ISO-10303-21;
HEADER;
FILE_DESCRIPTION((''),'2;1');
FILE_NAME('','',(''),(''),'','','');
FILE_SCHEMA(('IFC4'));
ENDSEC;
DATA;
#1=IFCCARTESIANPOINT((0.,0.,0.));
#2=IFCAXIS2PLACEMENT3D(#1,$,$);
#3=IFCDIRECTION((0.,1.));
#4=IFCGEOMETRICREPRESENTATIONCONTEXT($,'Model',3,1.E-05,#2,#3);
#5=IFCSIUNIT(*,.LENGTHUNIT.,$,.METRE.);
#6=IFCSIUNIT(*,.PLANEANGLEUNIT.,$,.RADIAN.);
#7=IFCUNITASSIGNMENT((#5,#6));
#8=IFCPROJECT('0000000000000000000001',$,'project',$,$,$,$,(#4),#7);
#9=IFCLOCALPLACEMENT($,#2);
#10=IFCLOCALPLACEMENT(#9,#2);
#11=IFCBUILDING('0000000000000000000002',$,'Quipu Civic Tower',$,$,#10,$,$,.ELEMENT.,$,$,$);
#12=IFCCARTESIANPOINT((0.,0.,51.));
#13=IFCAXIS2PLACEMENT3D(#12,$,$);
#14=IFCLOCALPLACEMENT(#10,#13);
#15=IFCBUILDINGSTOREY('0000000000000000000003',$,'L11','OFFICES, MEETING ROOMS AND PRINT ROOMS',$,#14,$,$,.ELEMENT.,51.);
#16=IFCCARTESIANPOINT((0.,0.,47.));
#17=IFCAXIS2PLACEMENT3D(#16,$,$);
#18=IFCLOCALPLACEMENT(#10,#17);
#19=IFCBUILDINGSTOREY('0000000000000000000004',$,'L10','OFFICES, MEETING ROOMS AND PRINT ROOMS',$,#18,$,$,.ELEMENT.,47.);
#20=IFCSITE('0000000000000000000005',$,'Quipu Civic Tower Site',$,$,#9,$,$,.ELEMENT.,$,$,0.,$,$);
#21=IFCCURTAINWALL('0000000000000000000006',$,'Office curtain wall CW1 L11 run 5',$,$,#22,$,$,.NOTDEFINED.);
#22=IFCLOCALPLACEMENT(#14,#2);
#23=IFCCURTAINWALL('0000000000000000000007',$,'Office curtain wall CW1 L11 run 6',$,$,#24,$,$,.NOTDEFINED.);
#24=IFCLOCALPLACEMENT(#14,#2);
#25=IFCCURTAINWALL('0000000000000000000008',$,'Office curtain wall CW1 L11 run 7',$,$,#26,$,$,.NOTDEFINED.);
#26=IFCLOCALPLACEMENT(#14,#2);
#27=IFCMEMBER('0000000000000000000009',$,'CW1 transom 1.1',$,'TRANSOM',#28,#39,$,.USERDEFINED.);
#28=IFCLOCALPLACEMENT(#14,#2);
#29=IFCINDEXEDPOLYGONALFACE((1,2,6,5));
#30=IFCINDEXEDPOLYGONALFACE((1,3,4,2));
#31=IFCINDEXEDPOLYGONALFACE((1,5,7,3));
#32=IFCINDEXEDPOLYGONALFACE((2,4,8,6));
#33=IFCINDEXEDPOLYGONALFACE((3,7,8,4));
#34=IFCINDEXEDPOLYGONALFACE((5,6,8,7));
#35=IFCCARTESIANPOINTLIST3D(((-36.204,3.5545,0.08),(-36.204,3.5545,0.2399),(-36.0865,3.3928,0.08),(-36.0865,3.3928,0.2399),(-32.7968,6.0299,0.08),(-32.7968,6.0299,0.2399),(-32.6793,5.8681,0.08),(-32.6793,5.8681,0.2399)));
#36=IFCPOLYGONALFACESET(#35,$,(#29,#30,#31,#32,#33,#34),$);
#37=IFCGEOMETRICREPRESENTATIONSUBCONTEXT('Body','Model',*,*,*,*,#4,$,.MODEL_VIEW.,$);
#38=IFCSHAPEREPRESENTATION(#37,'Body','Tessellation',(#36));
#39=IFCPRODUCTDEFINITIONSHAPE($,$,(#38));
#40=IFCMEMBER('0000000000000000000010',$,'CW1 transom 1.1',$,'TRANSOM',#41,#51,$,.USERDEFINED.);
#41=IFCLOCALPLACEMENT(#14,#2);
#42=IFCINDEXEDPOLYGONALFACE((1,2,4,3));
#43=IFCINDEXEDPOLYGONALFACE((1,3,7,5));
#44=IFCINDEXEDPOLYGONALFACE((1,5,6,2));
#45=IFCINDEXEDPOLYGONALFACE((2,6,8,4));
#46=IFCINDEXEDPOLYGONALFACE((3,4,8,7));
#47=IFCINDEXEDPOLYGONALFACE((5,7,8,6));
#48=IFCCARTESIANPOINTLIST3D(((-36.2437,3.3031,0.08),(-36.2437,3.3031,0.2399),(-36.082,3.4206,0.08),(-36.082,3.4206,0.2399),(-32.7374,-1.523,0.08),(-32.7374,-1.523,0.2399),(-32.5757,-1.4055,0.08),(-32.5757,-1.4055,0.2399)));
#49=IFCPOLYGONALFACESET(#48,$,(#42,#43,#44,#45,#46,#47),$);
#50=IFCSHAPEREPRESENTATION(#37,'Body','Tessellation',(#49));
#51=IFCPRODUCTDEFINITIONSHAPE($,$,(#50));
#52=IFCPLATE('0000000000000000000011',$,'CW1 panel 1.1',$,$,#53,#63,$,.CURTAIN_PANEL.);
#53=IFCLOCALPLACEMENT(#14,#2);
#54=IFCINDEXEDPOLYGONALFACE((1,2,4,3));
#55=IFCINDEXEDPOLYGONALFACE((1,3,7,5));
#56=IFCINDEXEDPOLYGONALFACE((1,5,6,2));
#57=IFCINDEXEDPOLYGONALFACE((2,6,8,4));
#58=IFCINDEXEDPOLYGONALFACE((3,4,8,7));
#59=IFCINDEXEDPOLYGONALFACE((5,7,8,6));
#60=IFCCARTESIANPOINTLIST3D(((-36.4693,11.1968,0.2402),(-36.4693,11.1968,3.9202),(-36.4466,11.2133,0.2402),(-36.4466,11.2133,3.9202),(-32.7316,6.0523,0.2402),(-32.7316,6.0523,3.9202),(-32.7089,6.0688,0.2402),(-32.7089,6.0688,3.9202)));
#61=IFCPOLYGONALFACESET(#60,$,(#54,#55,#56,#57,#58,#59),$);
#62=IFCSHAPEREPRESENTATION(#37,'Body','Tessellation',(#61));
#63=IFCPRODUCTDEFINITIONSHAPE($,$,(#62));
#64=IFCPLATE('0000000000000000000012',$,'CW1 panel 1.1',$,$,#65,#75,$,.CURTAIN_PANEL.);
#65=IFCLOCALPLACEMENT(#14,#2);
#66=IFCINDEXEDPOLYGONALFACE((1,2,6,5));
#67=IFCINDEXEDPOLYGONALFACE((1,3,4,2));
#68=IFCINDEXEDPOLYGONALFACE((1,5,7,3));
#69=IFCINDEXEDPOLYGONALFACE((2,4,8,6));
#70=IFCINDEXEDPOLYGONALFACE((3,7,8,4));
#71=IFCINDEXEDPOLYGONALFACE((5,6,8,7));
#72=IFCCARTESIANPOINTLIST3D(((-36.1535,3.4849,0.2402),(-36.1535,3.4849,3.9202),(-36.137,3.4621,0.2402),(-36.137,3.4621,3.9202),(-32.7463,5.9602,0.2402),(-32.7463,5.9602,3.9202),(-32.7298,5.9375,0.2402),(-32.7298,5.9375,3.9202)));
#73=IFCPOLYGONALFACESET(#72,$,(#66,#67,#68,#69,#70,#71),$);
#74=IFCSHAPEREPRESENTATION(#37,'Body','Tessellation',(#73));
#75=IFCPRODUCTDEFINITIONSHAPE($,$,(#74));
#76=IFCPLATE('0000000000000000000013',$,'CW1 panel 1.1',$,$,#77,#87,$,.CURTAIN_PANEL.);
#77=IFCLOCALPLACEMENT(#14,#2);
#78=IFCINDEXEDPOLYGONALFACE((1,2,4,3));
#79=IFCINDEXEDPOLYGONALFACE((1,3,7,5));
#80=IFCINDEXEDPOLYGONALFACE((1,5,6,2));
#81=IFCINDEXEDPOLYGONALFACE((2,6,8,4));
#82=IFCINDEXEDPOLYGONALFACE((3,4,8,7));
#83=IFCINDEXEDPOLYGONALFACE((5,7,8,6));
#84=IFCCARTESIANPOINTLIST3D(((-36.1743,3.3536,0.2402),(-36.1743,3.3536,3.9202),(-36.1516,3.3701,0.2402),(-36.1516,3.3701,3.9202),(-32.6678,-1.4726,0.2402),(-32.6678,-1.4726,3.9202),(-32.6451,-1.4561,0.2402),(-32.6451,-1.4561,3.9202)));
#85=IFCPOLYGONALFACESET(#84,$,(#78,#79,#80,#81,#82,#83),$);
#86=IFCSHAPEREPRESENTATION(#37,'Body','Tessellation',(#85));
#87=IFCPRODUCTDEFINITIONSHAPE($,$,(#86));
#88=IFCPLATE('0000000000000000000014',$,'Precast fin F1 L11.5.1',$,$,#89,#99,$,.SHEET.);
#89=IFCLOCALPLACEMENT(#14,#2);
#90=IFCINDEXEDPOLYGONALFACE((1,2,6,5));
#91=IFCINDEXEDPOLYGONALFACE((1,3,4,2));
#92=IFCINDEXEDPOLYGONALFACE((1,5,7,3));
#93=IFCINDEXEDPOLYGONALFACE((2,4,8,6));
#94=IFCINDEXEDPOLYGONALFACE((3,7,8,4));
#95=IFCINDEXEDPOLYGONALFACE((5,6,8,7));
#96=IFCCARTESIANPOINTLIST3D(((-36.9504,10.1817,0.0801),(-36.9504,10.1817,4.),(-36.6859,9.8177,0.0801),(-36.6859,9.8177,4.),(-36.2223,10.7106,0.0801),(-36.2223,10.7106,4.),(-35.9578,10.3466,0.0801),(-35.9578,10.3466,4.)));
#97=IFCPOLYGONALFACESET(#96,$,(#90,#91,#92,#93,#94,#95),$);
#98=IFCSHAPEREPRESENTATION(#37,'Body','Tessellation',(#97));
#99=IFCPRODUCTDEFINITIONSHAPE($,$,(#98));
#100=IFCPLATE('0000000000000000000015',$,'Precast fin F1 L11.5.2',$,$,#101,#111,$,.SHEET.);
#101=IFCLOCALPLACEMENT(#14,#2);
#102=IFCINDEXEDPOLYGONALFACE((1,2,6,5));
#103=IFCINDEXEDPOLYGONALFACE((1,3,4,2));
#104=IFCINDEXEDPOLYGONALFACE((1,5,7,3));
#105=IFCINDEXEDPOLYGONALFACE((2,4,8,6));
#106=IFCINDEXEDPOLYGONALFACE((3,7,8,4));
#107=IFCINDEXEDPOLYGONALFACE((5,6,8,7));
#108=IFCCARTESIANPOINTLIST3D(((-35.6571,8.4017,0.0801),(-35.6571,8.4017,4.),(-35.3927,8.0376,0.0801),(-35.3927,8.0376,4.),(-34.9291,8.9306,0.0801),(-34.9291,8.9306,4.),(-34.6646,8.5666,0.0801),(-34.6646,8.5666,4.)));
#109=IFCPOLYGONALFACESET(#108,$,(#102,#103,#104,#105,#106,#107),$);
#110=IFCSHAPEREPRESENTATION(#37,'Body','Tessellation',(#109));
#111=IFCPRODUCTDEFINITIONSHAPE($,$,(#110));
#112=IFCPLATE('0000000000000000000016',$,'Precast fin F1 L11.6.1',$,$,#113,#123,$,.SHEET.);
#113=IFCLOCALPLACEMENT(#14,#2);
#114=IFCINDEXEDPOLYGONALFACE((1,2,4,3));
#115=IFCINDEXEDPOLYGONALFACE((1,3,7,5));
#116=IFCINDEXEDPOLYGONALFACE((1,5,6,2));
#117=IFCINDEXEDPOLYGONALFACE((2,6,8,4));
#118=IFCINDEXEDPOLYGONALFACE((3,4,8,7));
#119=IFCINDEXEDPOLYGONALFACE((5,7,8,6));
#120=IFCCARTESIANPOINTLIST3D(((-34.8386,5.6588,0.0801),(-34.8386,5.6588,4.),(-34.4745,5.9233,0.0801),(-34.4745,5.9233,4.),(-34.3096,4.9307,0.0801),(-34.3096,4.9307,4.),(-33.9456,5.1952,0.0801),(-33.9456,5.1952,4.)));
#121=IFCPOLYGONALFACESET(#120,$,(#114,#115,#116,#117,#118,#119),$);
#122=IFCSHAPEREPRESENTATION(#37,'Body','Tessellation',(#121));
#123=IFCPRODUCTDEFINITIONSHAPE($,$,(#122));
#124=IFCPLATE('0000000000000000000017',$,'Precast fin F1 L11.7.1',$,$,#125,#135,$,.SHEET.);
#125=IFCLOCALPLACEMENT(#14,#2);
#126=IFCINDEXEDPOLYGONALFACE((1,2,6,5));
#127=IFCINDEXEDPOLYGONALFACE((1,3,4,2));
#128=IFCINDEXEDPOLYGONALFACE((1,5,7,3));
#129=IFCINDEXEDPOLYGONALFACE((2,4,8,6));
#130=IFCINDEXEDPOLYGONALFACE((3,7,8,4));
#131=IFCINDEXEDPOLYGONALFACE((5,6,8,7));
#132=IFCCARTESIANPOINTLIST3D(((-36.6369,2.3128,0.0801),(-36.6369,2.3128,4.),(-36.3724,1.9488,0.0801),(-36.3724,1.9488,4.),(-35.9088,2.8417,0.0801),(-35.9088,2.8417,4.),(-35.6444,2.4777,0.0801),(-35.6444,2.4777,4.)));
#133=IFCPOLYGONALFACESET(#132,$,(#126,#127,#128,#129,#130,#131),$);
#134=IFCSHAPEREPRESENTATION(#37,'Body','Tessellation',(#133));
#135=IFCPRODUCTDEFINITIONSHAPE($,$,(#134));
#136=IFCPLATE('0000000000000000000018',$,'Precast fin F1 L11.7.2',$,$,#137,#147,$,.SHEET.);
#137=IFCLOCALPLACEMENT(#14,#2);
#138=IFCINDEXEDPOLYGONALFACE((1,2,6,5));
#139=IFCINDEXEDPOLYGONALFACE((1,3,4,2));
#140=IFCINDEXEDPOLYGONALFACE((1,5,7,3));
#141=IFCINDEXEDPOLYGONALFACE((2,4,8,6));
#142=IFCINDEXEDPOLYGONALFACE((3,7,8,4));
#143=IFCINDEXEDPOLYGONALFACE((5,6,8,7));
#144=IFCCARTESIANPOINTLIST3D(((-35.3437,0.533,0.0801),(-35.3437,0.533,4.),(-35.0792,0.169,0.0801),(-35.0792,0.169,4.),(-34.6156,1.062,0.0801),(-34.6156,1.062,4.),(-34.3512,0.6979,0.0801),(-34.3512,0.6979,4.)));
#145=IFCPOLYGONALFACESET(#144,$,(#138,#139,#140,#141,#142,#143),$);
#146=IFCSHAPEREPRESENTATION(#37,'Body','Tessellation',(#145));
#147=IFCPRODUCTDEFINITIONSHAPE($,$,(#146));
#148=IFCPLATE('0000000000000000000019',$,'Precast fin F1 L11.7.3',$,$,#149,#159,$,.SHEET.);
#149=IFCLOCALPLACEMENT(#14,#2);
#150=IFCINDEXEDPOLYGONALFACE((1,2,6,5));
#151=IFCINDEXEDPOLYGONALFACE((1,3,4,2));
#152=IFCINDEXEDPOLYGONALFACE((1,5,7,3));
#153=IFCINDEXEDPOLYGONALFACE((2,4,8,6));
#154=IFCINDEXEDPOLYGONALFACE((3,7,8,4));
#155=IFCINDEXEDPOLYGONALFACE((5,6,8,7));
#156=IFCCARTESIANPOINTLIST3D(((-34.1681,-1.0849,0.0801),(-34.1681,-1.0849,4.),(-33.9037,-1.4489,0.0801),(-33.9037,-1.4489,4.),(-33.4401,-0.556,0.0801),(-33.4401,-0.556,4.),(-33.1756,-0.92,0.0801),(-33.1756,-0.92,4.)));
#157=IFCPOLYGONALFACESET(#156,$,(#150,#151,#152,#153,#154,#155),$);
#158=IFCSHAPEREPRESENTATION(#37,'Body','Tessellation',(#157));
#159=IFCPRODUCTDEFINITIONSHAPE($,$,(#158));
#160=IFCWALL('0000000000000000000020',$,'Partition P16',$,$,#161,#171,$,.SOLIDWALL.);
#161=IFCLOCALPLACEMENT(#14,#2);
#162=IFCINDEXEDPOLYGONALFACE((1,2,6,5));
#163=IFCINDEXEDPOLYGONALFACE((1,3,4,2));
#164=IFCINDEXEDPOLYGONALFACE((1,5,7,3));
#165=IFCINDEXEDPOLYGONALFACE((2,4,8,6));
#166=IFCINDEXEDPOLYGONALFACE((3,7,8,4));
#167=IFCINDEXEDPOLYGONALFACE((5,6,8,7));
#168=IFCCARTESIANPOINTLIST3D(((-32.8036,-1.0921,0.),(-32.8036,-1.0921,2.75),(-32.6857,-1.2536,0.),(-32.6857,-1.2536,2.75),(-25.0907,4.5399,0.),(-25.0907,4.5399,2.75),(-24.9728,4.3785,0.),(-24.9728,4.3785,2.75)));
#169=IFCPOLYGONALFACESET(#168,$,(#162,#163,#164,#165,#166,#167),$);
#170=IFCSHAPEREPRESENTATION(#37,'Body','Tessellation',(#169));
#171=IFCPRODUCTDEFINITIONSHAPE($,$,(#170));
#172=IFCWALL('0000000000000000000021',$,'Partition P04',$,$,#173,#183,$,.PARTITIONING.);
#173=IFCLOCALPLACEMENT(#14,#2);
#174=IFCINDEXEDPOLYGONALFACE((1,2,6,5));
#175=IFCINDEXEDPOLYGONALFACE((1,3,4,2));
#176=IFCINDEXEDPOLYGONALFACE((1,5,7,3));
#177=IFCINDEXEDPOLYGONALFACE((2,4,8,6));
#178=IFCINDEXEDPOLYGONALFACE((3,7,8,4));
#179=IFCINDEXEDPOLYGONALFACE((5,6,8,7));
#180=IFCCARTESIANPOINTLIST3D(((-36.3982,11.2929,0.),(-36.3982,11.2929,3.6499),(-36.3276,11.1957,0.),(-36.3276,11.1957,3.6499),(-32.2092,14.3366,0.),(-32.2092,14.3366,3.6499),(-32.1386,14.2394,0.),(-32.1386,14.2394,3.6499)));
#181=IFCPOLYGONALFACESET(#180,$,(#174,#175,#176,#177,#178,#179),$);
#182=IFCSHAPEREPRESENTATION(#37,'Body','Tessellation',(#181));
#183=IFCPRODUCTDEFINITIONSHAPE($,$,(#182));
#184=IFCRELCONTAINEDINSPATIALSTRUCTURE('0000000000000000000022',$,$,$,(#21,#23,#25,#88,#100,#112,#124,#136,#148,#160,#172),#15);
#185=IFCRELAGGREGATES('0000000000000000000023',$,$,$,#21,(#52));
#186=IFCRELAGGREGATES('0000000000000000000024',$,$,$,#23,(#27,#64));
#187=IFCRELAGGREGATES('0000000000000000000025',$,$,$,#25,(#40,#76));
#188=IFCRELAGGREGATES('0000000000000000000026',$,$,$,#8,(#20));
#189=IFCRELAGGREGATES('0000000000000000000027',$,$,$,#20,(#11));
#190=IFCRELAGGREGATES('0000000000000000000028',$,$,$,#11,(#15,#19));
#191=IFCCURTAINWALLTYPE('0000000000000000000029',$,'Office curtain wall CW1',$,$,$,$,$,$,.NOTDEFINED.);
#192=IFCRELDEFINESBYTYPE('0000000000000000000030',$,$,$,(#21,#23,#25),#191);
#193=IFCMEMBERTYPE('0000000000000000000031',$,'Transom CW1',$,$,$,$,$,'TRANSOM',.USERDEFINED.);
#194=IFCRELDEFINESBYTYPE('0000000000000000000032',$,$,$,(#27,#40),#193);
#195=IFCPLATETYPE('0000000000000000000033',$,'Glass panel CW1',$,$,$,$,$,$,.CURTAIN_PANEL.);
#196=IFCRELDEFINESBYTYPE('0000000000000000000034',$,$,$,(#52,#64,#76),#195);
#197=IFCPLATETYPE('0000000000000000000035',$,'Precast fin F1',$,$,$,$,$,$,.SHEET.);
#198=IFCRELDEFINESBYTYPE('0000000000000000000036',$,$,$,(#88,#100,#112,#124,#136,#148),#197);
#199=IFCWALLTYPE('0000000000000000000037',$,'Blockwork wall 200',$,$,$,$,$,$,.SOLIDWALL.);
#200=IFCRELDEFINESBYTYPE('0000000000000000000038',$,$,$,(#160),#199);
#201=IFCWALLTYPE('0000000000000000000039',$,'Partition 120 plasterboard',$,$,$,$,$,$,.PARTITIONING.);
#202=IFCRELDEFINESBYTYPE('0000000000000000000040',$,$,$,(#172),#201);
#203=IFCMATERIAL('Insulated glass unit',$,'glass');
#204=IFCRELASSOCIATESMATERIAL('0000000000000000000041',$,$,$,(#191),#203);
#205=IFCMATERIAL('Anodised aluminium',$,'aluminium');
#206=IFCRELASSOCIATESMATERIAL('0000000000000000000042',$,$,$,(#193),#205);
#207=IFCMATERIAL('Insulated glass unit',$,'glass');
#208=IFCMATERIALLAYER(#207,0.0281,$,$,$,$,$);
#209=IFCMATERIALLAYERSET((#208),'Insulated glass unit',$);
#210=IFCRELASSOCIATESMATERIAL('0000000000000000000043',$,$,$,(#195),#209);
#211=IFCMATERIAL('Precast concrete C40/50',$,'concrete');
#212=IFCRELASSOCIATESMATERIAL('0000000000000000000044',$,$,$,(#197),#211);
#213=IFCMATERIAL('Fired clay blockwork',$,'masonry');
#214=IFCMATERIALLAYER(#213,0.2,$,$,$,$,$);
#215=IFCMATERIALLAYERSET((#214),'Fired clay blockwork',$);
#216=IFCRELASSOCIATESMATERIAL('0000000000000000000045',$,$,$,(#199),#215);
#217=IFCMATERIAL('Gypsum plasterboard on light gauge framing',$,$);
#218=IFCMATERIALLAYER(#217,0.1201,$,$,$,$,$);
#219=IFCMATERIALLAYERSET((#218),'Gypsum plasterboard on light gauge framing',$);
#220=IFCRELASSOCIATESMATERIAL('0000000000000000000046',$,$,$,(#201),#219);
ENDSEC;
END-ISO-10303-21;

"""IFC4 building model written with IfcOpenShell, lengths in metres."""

from ifc_helpers import new_model, si_unit, direction, frame, frame_2d, origin, origin_2d, place, context, subcontext, project, spatial, rectangle, extrude, material, layer, layer_set, material_profile, profile_set, type_object, element, aggregate, save


model = new_model("IFC4")

# Units and contexts
model_context = context("Model", 3, precision=1e-05, world=origin(), true_north=direction((0.0, 1.0)))
body_context = subcontext(model_context, "Body", "Model", "MODEL_VIEW")
ifc_project = project(units=[si_unit("LENGTHUNIT", "METRE"), si_unit("PLANEANGLEUNIT", "RADIAN")], contexts=[model_context])

# Site, building, storey
site_placement = place(None, origin())
site = spatial("IfcSite", under=ifc_project, at=site_placement, Name="Quipu Civic Tower Site", CompositionType="ELEMENT", RefElevation=0.0)
building_placement = place(site_placement, origin())
building = spatial("IfcBuilding", under=site, at=building_placement, Name="Quipu Civic Tower", CompositionType="ELEMENT")
storey_1_placement = place(building_placement, frame((0.0, 0.0, 51.0)))
storey_1 = spatial("IfcBuildingStorey", under=building, at=storey_1_placement, Name="L11", Description="OFFICES, MEETING ROOMS AND PRINT ROOMS", CompositionType="ELEMENT", Elevation=51.0)

# Curtain walls
ifc_material_1 = material(Name="Insulated glass unit", Category="glass")
curtain_wall_type = type_object("IfcCurtainWallType", Name="Office curtain wall CW1", PredefinedType="NOTDEFINED", material=ifc_material_1)
curtain_wall_1_placement = place(storey_1_placement, origin())
curtain_wall_1 = element("IfcCurtainWall", 1, at=curtain_wall_1_placement, inside=storey_1, type_object=curtain_wall_type, Name="Office curtain wall CW1 L11 run 5", PredefinedType="NOTDEFINED")
curtain_wall_2_placement = place(storey_1_placement, origin())
curtain_wall_2 = element("IfcCurtainWall", 2, at=curtain_wall_2_placement, inside=storey_1, type_object=curtain_wall_type, Name="Office curtain wall CW1 L11 run 6", PredefinedType="NOTDEFINED")
curtain_wall_3_placement = place(storey_1_placement, origin())
curtain_wall_3 = element("IfcCurtainWall", 3, at=curtain_wall_3_placement, inside=storey_1, type_object=curtain_wall_type, Name="Office curtain wall CW1 L11 run 7", PredefinedType="NOTDEFINED")

# Shared definitions
storey_2_placement = place(building_placement, frame((0.0, 0.0, 47.0)))
storey_2 = spatial("IfcBuildingStorey", under=building, at=storey_2_placement, Name="L10", Description="OFFICES, MEETING ROOMS AND PRINT ROOMS", CompositionType="ELEMENT", Elevation=47.0)

# Shared definitions
ifc_material_2 = material(Name="Anodised aluminium", Category="aluminium")
ifc_material_profile_1 = material_profile(ifc_material_2, rectangle(XDim=0.2, YDim=0.1599, at=origin_2d()), Name="RECT 200x160")
ifc_profile_set_1 = profile_set([ifc_material_profile_1], Name="Anodised aluminium")
member_type_1 = type_object("IfcMemberType", Name="Transom CW1", ElementType="TRANSOM", PredefinedType="USERDEFINED", material=ifc_profile_set_1)

# Members
member_1_placement = place(storey_1_placement, frame((-32.738, 5.949, 0.1599), z_axis=(-0.809034, -0.587761, 0.0), x_axis=(0.587761, -0.809034, 0.0)))
member_1 = element("IfcMember", 4, at=member_1_placement, type_object=member_type_1, Name="CW1 transom 1.1", ObjectType="TRANSOM", PredefinedType="USERDEFINED", context=body_context, shape_type="SweptSolid", body=[
    extrude(rectangle(XDim=0.2, YDim=0.1599, at=origin_2d()), origin(), (0.0, 0.0, 1.0), 4.2114),
])
member_2_placement = place(storey_1_placement, frame((-36.1628, 3.3618, 0.1599), z_axis=(0.587777, -0.809023, 0.0), x_axis=(0.809023, 0.587777, 0.0)))
member_2 = element("IfcMember", 5, at=member_2_placement, type_object=member_type_1, Name="CW1 transom 1.1", ObjectType="TRANSOM", PredefinedType="USERDEFINED", context=body_context, shape_type="SweptSolid", body=[
    extrude(rectangle(XDim=0.2, YDim=0.1599, at=origin_2d()), origin(), (0.0, 0.0, 1.0), 5.9653),
])

# Plates
ifc_material_3 = material(Name="Insulated glass unit", Category="glass")
ifc_layer_1 = layer(ifc_material_3, 0.0281)
ifc_layer_set_1 = layer_set([ifc_layer_1], Name="Insulated glass unit")
plate_type_1 = type_object("IfcPlateType", Name="Glass panel CW1", PredefinedType="CURTAIN_PANEL", material=ifc_layer_set_1)
plate_1_placement = place(storey_1_placement, frame((-34.5891, 8.6328, 0.2402), z_axis=(0.0, 0.0, 1.0), x_axis=(0.587784, -0.809018, 0.0)))
plate_1 = element("IfcPlate", 6, at=plate_1_placement, type_object=plate_type_1, Name="CW1 panel 1.1", PredefinedType="CURTAIN_PANEL", context=body_context, shape_type="SweptSolid", body=[
    extrude(rectangle(XDim=6.3589, YDim=0.0281, at=origin_2d()), origin(), (0.0, 0.0, 1.0), 3.6799),
])
aggregate(curtain_wall_1, [plate_1])
plate_2_placement = place(storey_1_placement, frame((-34.4417, 4.7112, 0.2402), z_axis=(0.0, 0.0, 1.0), x_axis=(-0.809027, -0.587772, 0.0)))
plate_2 = element("IfcPlate", 7, at=plate_2_placement, type_object=plate_type_1, Name="CW1 panel 1.1", PredefinedType="CURTAIN_PANEL", context=body_context, shape_type="SweptSolid", body=[
    extrude(rectangle(XDim=4.2114, YDim=0.0281, at=origin_2d()), origin(), (0.0, 0.0, 1.0), 3.6799),
])
aggregate(curtain_wall_2, [member_1, plate_2])
plate_3_placement = place(storey_1_placement, frame((-34.4097, 0.9487, 0.2402), z_axis=(0.0, 0.0, 1.0), x_axis=(0.587787, -0.809016, 0.0)))
plate_3 = element("IfcPlate", 8, at=plate_3_placement, type_object=plate_type_1, Name="CW1 panel 1.1", PredefinedType="CURTAIN_PANEL", context=body_context, shape_type="SweptSolid", body=[
    extrude(rectangle(XDim=5.9656, YDim=0.0281, at=origin_2d()), origin(), (0.0, 0.0, 1.0), 3.6799),
])
aggregate(curtain_wall_3, [member_2, plate_3])

# Plates
ifc_material_4 = material(Name="Precast concrete C40/50", Category="concrete")
plate_type_2 = type_object("IfcPlateType", Name="Precast fin F1", PredefinedType="SHEET", material=ifc_material_4)
for number, where, z_axis, x_axis, name in (
    (9, (-36.4541, 10.2642, 0.0801), (0.0, 0.0, 1.0), (0.587784, -0.809018, 0.0), "Precast fin F1 L11.5.1"),
    (10, (-35.1609, 8.4841, 0.0801), (0.0, 0.0, 1.0), (0.587784, -0.809018, 0.0), "Precast fin F1 L11.5.2"),
    (11, (-34.3921, 5.427, 0.0801), (0.0, 0.0, 1.0), (-0.809027, -0.587772, 0.0), "Precast fin F1 L11.6.1"),
    (12, (-36.1406, 2.3953, 0.0801), (0.0, 0.0, 1.0), (0.587787, -0.809016, 0.0), "Precast fin F1 L11.7.1"),
    (13, (-34.8474, 0.6155, 0.0801), (0.0, 0.0, 1.0), (0.587787, -0.809016, 0.0), "Precast fin F1 L11.7.2"),
    (14, (-33.6719, -1.0024, 0.0801), (0.0, 0.0, 1.0), (0.587787, -0.809016, 0.0), "Precast fin F1 L11.7.3"),
):
    element("IfcPlate", number, at=place(storey_1_placement, frame(where, z_axis=z_axis, x_axis=x_axis)), inside=storey_1, type_object=plate_type_2, Name=name, PredefinedType="SHEET", context=body_context, shape_type="SweptSolid", body=[
        extrude(rectangle(XDim=0.45, YDim=0.8999, at=origin_2d()), origin(), (0.0, 0.0, 1.0), 3.9199),
    ])

# Walls
ifc_material_5 = material(Name="Fired clay blockwork", Category="masonry")
ifc_layer_2 = layer(ifc_material_5, 0.2)
ifc_layer_set_2 = layer_set([ifc_layer_2], Name="Fired clay blockwork")
wall_type_1 = type_object("IfcWallType", Name="Blockwork wall 200", PredefinedType="SOLIDWALL", material=ifc_layer_set_2)
wall_1_placement = place(storey_1_placement, frame((-32.7446, -1.1729, 0.0), z_axis=(0.0, 0.0, 1.0), x_axis=(0.807604, 0.589726, 0.0)))
element("IfcWall", 15, at=wall_1_placement, inside=storey_1, type_object=wall_type_1, Name="Partition P16", PredefinedType="SOLIDWALL", context=body_context, shape_type="SweptSolid", body=[
    extrude(rectangle(XDim=9.5503, YDim=0.2, at=frame_2d((4.7751, 0.0))), origin(), (0.0, 0.0, 1.0), 2.75),
])
ifc_material_6 = material(Name="Gypsum plasterboard on light gauge framing")
ifc_layer_3 = layer(ifc_material_6, 0.1201)
ifc_layer_set_3 = layer_set([ifc_layer_3], Name="Gypsum plasterboard on light gauge framing")
wall_type_2 = type_object("IfcWallType", Name="Partition 120 plasterboard", PredefinedType="PARTITIONING", material=ifc_layer_set_3)
wall_2_placement = place(storey_1_placement, frame((-36.3628, 11.2444, 0.0), z_axis=(0.0, 0.0, 1.0), x_axis=(0.808995, 0.587816, 0.0)))
element("IfcWall", 16, at=wall_2_placement, inside=storey_1, type_object=wall_type_2, Name="Partition P04", PredefinedType="PARTITIONING", context=body_context, shape_type="SweptSolid", body=[
    extrude(rectangle(XDim=5.178, YDim=0.1201, at=frame_2d((2.5889, 0.0))), origin(), (0.0, 0.0, 1.0), 3.6499),
])

save(model, "model.ifc")
